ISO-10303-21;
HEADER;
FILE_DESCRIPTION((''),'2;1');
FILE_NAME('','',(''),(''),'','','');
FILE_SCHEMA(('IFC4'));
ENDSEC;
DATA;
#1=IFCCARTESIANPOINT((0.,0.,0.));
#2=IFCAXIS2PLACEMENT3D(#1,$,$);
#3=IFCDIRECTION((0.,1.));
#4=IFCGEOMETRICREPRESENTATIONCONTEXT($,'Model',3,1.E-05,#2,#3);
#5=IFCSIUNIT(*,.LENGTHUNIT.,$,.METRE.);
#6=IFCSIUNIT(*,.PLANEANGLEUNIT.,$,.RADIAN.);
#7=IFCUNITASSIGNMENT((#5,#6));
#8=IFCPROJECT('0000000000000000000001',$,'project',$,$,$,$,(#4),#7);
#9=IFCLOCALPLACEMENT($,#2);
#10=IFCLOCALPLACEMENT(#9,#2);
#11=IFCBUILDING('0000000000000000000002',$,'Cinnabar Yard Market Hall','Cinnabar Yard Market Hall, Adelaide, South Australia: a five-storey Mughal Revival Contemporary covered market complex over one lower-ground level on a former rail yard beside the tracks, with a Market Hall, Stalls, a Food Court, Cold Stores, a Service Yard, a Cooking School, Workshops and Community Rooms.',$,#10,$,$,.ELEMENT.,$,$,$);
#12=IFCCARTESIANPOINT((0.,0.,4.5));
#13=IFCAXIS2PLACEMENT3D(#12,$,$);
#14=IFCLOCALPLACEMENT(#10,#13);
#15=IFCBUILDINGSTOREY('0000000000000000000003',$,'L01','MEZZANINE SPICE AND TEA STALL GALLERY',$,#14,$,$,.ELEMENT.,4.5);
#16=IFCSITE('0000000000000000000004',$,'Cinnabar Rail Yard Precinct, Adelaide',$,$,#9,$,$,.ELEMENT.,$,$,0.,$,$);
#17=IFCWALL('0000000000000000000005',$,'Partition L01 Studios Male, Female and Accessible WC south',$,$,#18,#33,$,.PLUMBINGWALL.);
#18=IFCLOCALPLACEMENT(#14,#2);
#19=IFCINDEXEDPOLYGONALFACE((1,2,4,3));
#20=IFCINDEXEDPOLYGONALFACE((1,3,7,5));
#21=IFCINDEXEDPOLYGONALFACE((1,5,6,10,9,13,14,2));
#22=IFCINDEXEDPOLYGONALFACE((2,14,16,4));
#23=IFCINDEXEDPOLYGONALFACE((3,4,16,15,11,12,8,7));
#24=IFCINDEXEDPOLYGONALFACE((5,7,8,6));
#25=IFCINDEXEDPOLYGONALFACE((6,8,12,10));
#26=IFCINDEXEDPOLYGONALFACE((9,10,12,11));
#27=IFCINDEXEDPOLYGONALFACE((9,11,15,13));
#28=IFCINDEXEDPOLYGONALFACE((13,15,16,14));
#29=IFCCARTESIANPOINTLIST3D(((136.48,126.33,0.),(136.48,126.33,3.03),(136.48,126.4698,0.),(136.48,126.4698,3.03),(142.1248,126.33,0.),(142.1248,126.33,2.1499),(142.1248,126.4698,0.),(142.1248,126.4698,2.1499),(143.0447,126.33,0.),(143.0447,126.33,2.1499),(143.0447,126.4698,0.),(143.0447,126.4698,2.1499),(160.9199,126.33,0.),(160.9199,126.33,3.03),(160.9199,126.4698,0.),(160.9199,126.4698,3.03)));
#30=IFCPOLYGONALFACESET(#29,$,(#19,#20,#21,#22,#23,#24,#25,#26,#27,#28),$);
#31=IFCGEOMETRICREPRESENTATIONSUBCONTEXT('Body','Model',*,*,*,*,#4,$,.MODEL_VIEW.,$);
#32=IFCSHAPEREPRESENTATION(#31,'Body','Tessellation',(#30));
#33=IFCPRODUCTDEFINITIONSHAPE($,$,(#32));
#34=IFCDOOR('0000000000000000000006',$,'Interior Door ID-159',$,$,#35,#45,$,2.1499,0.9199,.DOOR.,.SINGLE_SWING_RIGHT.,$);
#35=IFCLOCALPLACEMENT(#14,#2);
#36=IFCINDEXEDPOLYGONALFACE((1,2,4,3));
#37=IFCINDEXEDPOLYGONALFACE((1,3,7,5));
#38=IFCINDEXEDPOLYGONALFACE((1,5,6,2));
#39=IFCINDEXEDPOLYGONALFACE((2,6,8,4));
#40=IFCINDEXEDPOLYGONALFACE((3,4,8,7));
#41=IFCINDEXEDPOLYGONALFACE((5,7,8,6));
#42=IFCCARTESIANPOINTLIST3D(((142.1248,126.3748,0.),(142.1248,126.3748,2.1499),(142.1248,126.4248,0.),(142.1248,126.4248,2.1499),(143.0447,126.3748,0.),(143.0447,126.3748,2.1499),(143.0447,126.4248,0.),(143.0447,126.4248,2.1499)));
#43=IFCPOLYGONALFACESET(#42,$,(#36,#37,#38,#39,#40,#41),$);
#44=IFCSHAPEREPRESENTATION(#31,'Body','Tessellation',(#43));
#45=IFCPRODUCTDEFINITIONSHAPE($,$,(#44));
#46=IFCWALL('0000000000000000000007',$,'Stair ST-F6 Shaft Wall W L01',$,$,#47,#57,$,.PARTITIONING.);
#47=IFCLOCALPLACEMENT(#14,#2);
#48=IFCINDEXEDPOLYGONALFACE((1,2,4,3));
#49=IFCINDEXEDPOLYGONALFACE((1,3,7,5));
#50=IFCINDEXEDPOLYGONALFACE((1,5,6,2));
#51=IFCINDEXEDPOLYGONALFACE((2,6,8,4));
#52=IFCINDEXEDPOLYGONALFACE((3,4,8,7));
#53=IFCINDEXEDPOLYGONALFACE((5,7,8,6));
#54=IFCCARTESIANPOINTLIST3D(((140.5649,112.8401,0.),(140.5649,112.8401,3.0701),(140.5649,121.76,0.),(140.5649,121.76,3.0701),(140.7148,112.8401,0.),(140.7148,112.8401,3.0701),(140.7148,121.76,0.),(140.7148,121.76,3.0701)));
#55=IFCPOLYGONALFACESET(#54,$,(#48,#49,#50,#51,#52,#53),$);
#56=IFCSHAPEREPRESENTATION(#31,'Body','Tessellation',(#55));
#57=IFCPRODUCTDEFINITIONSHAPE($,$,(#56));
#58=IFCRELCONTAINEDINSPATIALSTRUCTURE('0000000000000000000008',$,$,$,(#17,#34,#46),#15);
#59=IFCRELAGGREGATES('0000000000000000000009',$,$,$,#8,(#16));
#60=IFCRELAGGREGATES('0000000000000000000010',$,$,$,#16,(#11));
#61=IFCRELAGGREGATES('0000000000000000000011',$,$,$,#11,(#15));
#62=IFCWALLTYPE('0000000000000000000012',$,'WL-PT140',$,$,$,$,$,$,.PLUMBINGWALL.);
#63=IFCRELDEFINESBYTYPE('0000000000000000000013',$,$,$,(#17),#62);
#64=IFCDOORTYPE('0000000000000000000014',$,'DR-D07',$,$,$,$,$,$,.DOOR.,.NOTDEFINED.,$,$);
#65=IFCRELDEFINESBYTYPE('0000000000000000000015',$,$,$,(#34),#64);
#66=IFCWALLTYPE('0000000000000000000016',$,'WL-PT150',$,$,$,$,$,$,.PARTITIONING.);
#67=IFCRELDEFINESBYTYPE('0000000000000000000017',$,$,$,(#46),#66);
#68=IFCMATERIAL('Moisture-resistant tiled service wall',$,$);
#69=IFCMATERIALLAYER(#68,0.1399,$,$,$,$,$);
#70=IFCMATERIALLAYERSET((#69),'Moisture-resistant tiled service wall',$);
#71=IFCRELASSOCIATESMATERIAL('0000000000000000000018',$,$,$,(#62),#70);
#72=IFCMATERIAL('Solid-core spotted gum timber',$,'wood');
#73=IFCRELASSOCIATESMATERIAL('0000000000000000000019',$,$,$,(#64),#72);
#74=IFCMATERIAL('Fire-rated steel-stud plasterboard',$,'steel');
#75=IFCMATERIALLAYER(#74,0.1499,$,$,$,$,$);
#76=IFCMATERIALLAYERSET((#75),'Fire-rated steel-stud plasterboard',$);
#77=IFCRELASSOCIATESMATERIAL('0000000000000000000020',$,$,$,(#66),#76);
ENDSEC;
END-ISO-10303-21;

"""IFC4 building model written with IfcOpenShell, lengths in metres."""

from ifc_helpers import new_model, si_unit, direction, frame, frame_2d, origin, place, context, subcontext, project, spatial, rectangle, extrude, material, layer, layer_set, type_object, element, fill, save


model = new_model("IFC4")

# Units and contexts
model_context = context("Model", 3, precision=1e-05, world=origin(), true_north=direction((0.0, 1.0)))
body_context = subcontext(model_context, "Body", "Model", "MODEL_VIEW")
ifc_project = project(units=[si_unit("LENGTHUNIT", "METRE"), si_unit("PLANEANGLEUNIT", "RADIAN")], contexts=[model_context])

# Site, building, storey
site_placement = place(None, origin())
site = spatial("IfcSite", under=ifc_project, at=site_placement, Name="Cinnabar Rail Yard Precinct, Adelaide", CompositionType="ELEMENT", RefElevation=0.0)
building_placement = place(site_placement, origin())
building = spatial("IfcBuilding", under=site, at=building_placement, Name="Cinnabar Yard Market Hall", Description="Cinnabar Yard Market Hall, Adelaide, South Australia: a five-storey Mughal Revival Contemporary covered market complex over one lower-ground level on a former rail yard beside the tracks, with a Market Hall, Stalls, a Food Court, Cold Stores, a Service Yard, a Cooking School, Workshops and Community Rooms.", CompositionType="ELEMENT")
storey_placement = place(building_placement, frame((0.0, 0.0, 4.5)))
storey = spatial("IfcBuildingStorey", under=building, at=storey_placement, Name="L01", Description="MEZZANINE SPICE AND TEA STALL GALLERY", CompositionType="ELEMENT", Elevation=4.5)

# Wall, opening, door
ifc_material_1 = material(Name="Moisture-resistant tiled service wall")
ifc_layer_1 = layer(ifc_material_1, 0.1399)
ifc_layer_set_1 = layer_set([ifc_layer_1], Name="Moisture-resistant tiled service wall")
wall_type_1 = type_object("IfcWallType", Name="WL-PT140", PredefinedType="PLUMBINGWALL", material=ifc_layer_set_1)
wall_1_placement = place(storey_placement, frame((136.48, 126.3999, 0.0), z_axis=(0.0, 0.0, 1.0), x_axis=(1.0, 0.0, 0.0)))
wall_1 = element("IfcWall", 1, at=wall_1_placement, inside=storey, type_object=wall_type_1, Name="Partition L01 Studios Male, Female and Accessible WC south", PredefinedType="PLUMBINGWALL", context=body_context, shape_type="SweptSolid", body=[
    extrude(rectangle(XDim=24.4399, YDim=0.1399, at=frame_2d((12.22, 0.0), x_axis=(1.0, 0.0))), origin(), (0.0, 0.0, 1.0), 3.03),
])
opening_1_placement = place(wall_1_placement, frame((5.6448, 0.0, 0.0)))
opening_1 = element("IfcOpeningElement", 2, at=opening_1_placement, cuts=wall_1, PredefinedType="OPENING", context=body_context, shape_type="SweptSolid", body=[
    extrude(rectangle(XDim=0.9199, YDim=2.1499, at=frame_2d((0.46, 1.075), x_axis=(1.0, 0.0))), frame((0.0, 0.0798, 0.0), z_axis=(0.0, -1.0, 0.0), x_axis=(1.0, 0.0, 0.0)), (0.0, 0.0, 1.0), 0.1599),
])
ifc_material_2 = material(Name="Solid-core spotted gum timber", Category="wood")
door_type_1 = type_object("IfcDoorType", Name="DR-D07", OperationType="NOTDEFINED", PredefinedType="DOOR", material=ifc_material_2)
door_1_placement = place(opening_1_placement, origin())
door_1 = element("IfcDoor", 3, at=door_1_placement, inside=storey, type_object=door_type_1, Name="Interior Door ID-159", OperationType="SINGLE_SWING_RIGHT", OverallHeight=2.1499, OverallWidth=0.9199, PredefinedType="DOOR", context=body_context, shape_type="SweptSolid", body=[
    extrude(rectangle(XDim=0.9199, YDim=2.1499, at=frame_2d((0.46, 1.075), x_axis=(1.0, 0.0))), frame((0.0, 0.0249, 0.0), z_axis=(0.0, -1.0, 0.0), x_axis=(1.0, 0.0, 0.0)), (0.0, 0.0, 1.0), 0.05),
])
fill(opening_1, door_1)

# Wall
ifc_material_3 = material(Name="Fire-rated steel-stud plasterboard", Category="steel")
ifc_layer_2 = layer(ifc_material_3, 0.1499)
ifc_layer_set_2 = layer_set([ifc_layer_2], Name="Fire-rated steel-stud plasterboard")
wall_type_2 = type_object("IfcWallType", Name="WL-PT150", PredefinedType="PARTITIONING", material=ifc_layer_set_2)
wall_2_placement = place(storey_placement, frame((140.6399, 121.76, 0.0), z_axis=(0.0, 0.0, 1.0), x_axis=(0.0, -1.0, 0.0)))
element("IfcWall", 4, at=wall_2_placement, inside=storey, type_object=wall_type_2, Name="Stair ST-F6 Shaft Wall W L01", PredefinedType="PARTITIONING", context=body_context, shape_type="SweptSolid", body=[
    extrude(rectangle(XDim=8.9199, YDim=0.1499, at=frame_2d((4.46, 0.0), x_axis=(1.0, 0.0))), origin(), (0.0, 0.0, 1.0), 3.0701),
])

save(model, "model.ifc")
